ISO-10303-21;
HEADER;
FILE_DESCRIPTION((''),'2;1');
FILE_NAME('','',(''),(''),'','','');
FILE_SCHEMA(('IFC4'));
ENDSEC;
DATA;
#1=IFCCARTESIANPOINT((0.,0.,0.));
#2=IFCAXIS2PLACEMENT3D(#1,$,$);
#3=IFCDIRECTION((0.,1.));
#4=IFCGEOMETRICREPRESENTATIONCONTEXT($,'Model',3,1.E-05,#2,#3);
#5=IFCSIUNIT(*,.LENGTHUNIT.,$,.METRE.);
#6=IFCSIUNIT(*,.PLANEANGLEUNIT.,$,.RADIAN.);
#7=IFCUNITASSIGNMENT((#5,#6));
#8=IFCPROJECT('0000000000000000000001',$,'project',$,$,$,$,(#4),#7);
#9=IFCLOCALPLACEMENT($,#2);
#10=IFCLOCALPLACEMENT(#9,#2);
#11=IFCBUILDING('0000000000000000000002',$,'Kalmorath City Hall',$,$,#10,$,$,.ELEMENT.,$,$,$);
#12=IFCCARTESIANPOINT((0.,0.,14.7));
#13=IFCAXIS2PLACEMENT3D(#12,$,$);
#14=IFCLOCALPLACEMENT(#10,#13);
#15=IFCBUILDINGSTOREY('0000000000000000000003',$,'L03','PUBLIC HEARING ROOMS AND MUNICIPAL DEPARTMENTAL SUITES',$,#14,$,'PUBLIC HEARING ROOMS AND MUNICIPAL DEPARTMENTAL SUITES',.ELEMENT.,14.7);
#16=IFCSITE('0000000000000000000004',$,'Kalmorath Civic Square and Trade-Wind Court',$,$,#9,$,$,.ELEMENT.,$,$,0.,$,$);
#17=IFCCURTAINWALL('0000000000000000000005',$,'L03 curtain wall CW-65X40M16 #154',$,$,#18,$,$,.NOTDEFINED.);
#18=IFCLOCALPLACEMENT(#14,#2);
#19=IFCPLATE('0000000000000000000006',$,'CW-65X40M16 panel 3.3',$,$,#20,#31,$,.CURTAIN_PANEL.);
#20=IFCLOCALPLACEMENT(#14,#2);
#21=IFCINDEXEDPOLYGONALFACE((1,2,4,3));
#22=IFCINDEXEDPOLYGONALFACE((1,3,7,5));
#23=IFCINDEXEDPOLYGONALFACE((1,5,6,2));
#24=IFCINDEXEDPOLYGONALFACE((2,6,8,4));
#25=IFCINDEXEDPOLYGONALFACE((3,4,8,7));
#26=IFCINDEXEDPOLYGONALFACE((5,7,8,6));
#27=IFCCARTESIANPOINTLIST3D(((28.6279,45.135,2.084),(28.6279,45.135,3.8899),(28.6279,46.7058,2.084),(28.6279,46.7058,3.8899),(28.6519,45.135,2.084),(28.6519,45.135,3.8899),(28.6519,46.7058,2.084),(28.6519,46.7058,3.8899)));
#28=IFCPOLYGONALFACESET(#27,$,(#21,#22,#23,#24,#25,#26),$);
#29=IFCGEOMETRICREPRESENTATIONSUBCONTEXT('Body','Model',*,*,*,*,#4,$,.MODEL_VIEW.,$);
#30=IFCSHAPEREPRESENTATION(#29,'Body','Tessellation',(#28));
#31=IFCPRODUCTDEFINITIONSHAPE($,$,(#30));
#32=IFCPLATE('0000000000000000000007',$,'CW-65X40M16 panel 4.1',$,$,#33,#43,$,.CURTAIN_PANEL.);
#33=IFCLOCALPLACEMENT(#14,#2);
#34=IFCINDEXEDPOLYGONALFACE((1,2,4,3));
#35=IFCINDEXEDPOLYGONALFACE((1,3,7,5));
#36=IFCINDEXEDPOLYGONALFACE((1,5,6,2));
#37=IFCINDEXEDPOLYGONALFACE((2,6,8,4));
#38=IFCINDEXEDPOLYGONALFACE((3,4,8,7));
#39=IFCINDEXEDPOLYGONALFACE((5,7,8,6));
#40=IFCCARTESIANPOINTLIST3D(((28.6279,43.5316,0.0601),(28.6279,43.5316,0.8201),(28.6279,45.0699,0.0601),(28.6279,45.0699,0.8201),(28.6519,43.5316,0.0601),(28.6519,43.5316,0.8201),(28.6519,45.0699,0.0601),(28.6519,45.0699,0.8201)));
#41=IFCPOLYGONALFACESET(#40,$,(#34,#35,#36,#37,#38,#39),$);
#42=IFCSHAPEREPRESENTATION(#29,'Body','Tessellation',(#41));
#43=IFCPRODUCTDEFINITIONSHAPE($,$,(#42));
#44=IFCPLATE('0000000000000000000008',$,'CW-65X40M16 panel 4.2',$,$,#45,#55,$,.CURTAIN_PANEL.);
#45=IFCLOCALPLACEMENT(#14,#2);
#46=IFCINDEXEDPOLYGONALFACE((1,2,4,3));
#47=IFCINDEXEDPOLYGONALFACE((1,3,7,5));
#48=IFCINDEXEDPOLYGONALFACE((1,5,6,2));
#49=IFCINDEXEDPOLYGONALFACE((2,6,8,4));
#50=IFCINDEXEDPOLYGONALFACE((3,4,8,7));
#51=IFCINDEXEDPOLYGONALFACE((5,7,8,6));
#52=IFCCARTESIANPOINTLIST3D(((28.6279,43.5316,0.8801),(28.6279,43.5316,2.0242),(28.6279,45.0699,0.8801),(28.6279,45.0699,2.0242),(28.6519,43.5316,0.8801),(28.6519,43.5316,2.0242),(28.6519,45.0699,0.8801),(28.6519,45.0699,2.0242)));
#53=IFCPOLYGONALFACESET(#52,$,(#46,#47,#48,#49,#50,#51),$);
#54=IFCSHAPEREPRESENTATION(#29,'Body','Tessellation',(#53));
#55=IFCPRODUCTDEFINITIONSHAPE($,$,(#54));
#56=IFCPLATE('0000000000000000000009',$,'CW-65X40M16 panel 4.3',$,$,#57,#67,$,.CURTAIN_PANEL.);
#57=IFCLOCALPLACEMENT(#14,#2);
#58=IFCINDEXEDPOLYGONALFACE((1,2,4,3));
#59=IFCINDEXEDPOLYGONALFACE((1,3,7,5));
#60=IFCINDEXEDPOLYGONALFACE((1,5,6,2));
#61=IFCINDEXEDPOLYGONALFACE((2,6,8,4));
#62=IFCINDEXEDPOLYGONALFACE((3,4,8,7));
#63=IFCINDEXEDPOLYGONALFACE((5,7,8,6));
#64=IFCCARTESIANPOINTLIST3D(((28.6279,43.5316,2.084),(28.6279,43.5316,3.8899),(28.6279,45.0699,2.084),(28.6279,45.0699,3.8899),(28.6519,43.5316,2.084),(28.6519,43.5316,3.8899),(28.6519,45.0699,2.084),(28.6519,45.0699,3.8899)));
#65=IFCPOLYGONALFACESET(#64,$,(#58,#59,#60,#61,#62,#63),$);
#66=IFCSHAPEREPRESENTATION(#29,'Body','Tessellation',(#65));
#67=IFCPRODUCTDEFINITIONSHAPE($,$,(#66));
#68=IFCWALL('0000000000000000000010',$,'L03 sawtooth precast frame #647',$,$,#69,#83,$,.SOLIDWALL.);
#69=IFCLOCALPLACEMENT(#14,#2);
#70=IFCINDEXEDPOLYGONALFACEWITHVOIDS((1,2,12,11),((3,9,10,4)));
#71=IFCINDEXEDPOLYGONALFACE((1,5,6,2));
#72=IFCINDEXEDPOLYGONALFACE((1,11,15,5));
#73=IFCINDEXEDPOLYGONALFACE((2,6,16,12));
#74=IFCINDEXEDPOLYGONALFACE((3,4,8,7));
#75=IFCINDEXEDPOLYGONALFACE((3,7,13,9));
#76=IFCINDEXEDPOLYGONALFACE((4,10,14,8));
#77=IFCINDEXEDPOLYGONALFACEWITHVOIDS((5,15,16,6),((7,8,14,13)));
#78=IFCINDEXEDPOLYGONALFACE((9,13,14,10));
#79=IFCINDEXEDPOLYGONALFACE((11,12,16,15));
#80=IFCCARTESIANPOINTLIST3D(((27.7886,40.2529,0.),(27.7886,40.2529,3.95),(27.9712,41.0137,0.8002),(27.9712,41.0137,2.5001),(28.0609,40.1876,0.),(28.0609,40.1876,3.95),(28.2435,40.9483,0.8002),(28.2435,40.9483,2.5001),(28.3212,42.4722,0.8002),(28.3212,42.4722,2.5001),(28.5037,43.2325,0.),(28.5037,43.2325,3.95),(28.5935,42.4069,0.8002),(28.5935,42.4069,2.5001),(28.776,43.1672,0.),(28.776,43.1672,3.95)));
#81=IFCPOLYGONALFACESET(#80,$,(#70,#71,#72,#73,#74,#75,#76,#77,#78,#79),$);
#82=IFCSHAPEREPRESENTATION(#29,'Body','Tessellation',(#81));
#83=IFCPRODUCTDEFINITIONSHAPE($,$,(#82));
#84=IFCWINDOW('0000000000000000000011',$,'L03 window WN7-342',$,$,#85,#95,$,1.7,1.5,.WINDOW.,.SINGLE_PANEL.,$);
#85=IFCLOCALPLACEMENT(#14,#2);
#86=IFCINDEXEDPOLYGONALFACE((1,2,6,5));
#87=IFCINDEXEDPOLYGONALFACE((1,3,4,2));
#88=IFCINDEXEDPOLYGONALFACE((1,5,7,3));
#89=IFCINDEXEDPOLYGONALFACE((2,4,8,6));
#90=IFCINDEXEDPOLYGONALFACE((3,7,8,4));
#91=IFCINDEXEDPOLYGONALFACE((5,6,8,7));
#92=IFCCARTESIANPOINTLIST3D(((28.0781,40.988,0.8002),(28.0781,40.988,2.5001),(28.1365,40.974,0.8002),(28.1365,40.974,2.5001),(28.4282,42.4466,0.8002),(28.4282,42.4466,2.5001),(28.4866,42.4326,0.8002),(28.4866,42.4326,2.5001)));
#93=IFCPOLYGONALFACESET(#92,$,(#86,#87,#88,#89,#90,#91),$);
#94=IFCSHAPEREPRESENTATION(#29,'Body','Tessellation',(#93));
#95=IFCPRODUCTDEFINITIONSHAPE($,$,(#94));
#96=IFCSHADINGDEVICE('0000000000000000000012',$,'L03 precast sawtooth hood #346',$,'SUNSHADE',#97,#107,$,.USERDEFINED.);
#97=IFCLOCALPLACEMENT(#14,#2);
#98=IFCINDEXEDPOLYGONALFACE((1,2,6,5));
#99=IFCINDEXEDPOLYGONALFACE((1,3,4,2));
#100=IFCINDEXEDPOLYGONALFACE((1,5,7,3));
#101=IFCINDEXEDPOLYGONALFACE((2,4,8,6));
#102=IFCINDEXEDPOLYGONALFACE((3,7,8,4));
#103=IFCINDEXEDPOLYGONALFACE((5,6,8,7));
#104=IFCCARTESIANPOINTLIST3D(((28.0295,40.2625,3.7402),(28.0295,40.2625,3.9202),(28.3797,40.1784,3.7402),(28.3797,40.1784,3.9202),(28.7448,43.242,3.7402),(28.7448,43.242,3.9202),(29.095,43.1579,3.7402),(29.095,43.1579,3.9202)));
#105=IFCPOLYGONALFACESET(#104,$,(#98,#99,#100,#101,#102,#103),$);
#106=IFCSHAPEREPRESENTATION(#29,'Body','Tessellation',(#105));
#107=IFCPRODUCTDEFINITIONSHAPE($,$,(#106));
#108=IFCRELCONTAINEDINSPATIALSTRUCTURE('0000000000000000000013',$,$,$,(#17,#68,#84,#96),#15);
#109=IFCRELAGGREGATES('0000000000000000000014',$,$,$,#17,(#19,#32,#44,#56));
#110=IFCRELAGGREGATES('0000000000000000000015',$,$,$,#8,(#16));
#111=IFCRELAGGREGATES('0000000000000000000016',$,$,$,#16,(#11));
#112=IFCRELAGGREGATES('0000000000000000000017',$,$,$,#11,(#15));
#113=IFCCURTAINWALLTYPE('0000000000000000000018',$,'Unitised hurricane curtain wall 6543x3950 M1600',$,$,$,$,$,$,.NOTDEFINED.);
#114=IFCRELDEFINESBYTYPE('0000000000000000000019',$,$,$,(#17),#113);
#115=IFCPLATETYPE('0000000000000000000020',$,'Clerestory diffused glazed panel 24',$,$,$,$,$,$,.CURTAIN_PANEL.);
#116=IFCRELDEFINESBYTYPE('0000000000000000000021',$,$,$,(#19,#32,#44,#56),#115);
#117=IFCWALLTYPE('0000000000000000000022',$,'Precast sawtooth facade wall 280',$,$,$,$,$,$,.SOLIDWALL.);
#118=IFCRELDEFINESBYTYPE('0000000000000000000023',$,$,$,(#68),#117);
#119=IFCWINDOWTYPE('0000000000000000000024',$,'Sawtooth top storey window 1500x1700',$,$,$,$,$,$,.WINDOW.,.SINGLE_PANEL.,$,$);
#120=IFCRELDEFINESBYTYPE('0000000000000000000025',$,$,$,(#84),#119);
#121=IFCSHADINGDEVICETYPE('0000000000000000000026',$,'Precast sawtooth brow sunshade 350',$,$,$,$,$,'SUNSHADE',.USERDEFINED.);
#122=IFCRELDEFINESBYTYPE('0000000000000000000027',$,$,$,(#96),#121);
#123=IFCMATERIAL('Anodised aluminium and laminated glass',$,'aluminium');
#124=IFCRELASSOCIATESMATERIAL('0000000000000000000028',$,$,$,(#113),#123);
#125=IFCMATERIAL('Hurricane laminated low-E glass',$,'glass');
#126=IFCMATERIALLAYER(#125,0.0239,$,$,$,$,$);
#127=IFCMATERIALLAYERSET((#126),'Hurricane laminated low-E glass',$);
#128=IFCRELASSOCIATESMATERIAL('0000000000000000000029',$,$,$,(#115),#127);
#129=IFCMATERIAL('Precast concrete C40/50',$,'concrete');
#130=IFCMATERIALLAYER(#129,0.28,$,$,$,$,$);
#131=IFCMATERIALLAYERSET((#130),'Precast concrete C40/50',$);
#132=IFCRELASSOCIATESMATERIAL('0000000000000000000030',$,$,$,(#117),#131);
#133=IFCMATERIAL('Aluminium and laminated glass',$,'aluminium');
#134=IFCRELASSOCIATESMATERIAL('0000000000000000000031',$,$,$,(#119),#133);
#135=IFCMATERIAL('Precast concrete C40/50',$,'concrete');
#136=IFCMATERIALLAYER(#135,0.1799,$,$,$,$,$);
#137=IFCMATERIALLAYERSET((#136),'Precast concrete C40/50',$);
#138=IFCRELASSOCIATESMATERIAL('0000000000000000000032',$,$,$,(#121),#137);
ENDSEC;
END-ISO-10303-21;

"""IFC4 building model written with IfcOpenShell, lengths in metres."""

from ifc_helpers import new_model, si_unit, direction, frame, frame_2d, origin, origin_2d, place, context, subcontext, project, spatial, rectangle, extrude, material, layer, layer_set, type_object, element, fill, aggregate, save


model = new_model("IFC4")

# Units and contexts
model_context = context("Model", 3, precision=1e-05, world=origin(), true_north=direction((0.0, 1.0)))
body_context = subcontext(model_context, "Body", "Model", "MODEL_VIEW")
ifc_project = project(units=[si_unit("LENGTHUNIT", "METRE"), si_unit("PLANEANGLEUNIT", "RADIAN")], contexts=[model_context])

# Site, building, storey
site_placement = place(None, origin())
site = spatial("IfcSite", under=ifc_project, at=site_placement, Name="Kalmorath Civic Square and Trade-Wind Court", CompositionType="ELEMENT", RefElevation=0.0)
building_placement = place(site_placement, origin())
building = spatial("IfcBuilding", under=site, at=building_placement, Name="Kalmorath City Hall", CompositionType="ELEMENT")
storey_placement = place(building_placement, frame((0.0, 0.0, 14.7)))
storey = spatial("IfcBuildingStorey", under=building, at=storey_placement, Name="L03", Description="PUBLIC HEARING ROOMS AND MUNICIPAL DEPARTMENTAL SUITES", LongName="PUBLIC HEARING ROOMS AND MUNICIPAL DEPARTMENTAL SUITES", CompositionType="ELEMENT", Elevation=14.7)

# Curtain wall
ifc_material_1 = material(Name="Anodised aluminium and laminated glass", Category="aluminium")
curtain_wall_type = type_object("IfcCurtainWallType", Name="Unitised hurricane curtain wall 6543x3950 M1600", PredefinedType="NOTDEFINED", material=ifc_material_1)
curtain_wall_placement = place(storey_placement, origin())
curtain_wall = element("IfcCurtainWall", 1, at=curtain_wall_placement, inside=storey, type_object=curtain_wall_type, Name="L03 curtain wall CW-65X40M16 #154", PredefinedType="NOTDEFINED")

# Plates
ifc_material_2 = material(Name="Hurricane laminated low-E glass", Category="glass")
ifc_layer_1 = layer(ifc_material_2, 0.0239)
ifc_layer_set_1 = layer_set([ifc_layer_1], Name="Hurricane laminated low-E glass")
plate_type = type_object("IfcPlateType", Name="Clerestory diffused glazed panel 24", PredefinedType="CURTAIN_PANEL", material=ifc_layer_set_1)
plate_1_placement = place(storey_placement, frame((28.6399, 45.9204, 2.084), z_axis=(0.0, 0.0, 1.0), x_axis=(0.0, -1.0, 0.0)))
plate_1 = element("IfcPlate", 2, at=plate_1_placement, type_object=plate_type, Name="CW-65X40M16 panel 3.3", PredefinedType="CURTAIN_PANEL", context=body_context, shape_type="SweptSolid", body=[
    extrude(rectangle(XDim=1.5708, YDim=0.0239, at=origin_2d()), origin(), (0.0, 0.0, 1.0), 1.8059),
])
plate_2_placement = place(storey_placement, frame((28.6399, 44.3008, 0.0601), z_axis=(0.0, 0.0, 1.0), x_axis=(0.0, -1.0, 0.0)))
plate_2 = element("IfcPlate", 3, at=plate_2_placement, type_object=plate_type, Name="CW-65X40M16 panel 4.1", PredefinedType="CURTAIN_PANEL", context=body_context, shape_type="SweptSolid", body=[
    extrude(rectangle(XDim=1.5383, YDim=0.0239, at=origin_2d()), origin(), (0.0, 0.0, 1.0), 0.76),
])
plate_3_placement = place(storey_placement, frame((28.6399, 44.3008, 0.8801), z_axis=(0.0, 0.0, 1.0), x_axis=(0.0, -1.0, 0.0)))
plate_3 = element("IfcPlate", 4, at=plate_3_placement, type_object=plate_type, Name="CW-65X40M16 panel 4.2", PredefinedType="CURTAIN_PANEL", context=body_context, shape_type="SweptSolid", body=[
    extrude(rectangle(XDim=1.5383, YDim=0.0239, at=origin_2d()), origin(), (0.0, 0.0, 1.0), 1.144),
])
plate_4_placement = place(storey_placement, frame((28.6399, 44.3008, 2.084), z_axis=(0.0, 0.0, 1.0), x_axis=(0.0, -1.0, 0.0)))
plate_4 = element("IfcPlate", 5, at=plate_4_placement, type_object=plate_type, Name="CW-65X40M16 panel 4.3", PredefinedType="CURTAIN_PANEL", context=body_context, shape_type="SweptSolid", body=[
    extrude(rectangle(XDim=1.5383, YDim=0.0239, at=origin_2d()), origin(), (0.0, 0.0, 1.0), 1.8059),
])
aggregate(curtain_wall, [plate_1, plate_2, plate_3, plate_4])

# Wall, opening, window
ifc_material_3 = material(Name="Precast concrete C40/50", Category="concrete")
ifc_layer_2 = layer(ifc_material_3, 0.28)
ifc_layer_set_2 = layer_set([ifc_layer_2], Name="Precast concrete C40/50")
wall_type = type_object("IfcWallType", Name="Precast sawtooth facade wall 280", PredefinedType="SOLIDWALL", material=ifc_layer_set_2)
wall_placement = place(storey_placement, frame((28.6399, 43.2, 0.0), z_axis=(0.0, 0.0, 1.0), x_axis=(-0.233376, -0.972387, 0.0)))
wall = element("IfcWall", 6, at=wall_placement, inside=storey, type_object=wall_type, Name="L03 sawtooth precast frame #647", PredefinedType="SOLIDWALL", context=body_context, shape_type="SweptSolid", body=[
    extrude(rectangle(XDim=3.0642, YDim=0.28, at=frame_2d((1.5322, 0.0))), origin(), (0.0, 0.0, 1.0), 3.95),
])
opening_placement = place(wall_placement, frame((0.782, 0.0, 0.8)))
opening = element("IfcOpeningElement", 7, at=opening_placement, cuts=wall, PredefinedType="OPENING", context=body_context, shape_type="SweptSolid", body=[
    extrude(rectangle(XDim=1.5, YDim=1.7, at=frame_2d((0.75, 0.8501))), frame((0.0, 0.1499, 0.0), z_axis=(0.0, -1.0, 0.0), x_axis=(1.0, 0.0, 0.0)), (0.0, 0.0, 1.0), 0.3),
])
ifc_material_4 = material(Name="Aluminium and laminated glass", Category="aluminium")
window_type = type_object("IfcWindowType", Name="Sawtooth top storey window 1500x1700", PartitioningType="SINGLE_PANEL", PredefinedType="WINDOW", material=ifc_material_4)
window_placement = place(opening_placement, origin())
window = element("IfcWindow", 8, at=window_placement, inside=storey, type_object=window_type, Name="L03 window WN7-342", OverallHeight=1.7, OverallWidth=1.5, PartitioningType="SINGLE_PANEL", PredefinedType="WINDOW", context=body_context, shape_type="SweptSolid", body=[
    extrude(rectangle(XDim=1.5, YDim=1.7, at=frame_2d((0.75, 0.8501))), frame((0.0, 0.03, 0.0), z_axis=(0.0, -1.0, 0.0), x_axis=(1.0, 0.0, 0.0)), (0.0, 0.0, 1.0), 0.0601),
])
fill(opening, window)

# Shading device
ifc_material_5 = material(Name="Precast concrete C40/50", Category="concrete")
ifc_layer_3 = layer(ifc_material_5, 0.1799)
ifc_layer_set_3 = layer_set([ifc_layer_3], Name="Precast concrete C40/50")
shading_device_type = type_object("IfcShadingDeviceType", Name="Precast sawtooth brow sunshade 350", ElementType="SUNSHADE", PredefinedType="USERDEFINED", material=ifc_layer_set_3)
shading_device_placement = place(storey_placement, frame((28.5623, 41.7102, 3.7402), z_axis=(0.0, 0.0, 1.0), x_axis=(-0.233445, -0.97237, 0.0)))
element("IfcShadingDevice", 9, at=shading_device_placement, inside=storey, type_object=shading_device_type, Name="L03 precast sawtooth hood #346", ObjectType="SUNSHADE", PredefinedType="USERDEFINED", context=body_context, shape_type="SweptSolid", body=[
    extrude(rectangle(XDim=3.0642, YDim=0.3601, at=origin_2d()), origin(), (0.0, 0.0, 1.0), 0.1799),
])

save(model, "model.ifc")
